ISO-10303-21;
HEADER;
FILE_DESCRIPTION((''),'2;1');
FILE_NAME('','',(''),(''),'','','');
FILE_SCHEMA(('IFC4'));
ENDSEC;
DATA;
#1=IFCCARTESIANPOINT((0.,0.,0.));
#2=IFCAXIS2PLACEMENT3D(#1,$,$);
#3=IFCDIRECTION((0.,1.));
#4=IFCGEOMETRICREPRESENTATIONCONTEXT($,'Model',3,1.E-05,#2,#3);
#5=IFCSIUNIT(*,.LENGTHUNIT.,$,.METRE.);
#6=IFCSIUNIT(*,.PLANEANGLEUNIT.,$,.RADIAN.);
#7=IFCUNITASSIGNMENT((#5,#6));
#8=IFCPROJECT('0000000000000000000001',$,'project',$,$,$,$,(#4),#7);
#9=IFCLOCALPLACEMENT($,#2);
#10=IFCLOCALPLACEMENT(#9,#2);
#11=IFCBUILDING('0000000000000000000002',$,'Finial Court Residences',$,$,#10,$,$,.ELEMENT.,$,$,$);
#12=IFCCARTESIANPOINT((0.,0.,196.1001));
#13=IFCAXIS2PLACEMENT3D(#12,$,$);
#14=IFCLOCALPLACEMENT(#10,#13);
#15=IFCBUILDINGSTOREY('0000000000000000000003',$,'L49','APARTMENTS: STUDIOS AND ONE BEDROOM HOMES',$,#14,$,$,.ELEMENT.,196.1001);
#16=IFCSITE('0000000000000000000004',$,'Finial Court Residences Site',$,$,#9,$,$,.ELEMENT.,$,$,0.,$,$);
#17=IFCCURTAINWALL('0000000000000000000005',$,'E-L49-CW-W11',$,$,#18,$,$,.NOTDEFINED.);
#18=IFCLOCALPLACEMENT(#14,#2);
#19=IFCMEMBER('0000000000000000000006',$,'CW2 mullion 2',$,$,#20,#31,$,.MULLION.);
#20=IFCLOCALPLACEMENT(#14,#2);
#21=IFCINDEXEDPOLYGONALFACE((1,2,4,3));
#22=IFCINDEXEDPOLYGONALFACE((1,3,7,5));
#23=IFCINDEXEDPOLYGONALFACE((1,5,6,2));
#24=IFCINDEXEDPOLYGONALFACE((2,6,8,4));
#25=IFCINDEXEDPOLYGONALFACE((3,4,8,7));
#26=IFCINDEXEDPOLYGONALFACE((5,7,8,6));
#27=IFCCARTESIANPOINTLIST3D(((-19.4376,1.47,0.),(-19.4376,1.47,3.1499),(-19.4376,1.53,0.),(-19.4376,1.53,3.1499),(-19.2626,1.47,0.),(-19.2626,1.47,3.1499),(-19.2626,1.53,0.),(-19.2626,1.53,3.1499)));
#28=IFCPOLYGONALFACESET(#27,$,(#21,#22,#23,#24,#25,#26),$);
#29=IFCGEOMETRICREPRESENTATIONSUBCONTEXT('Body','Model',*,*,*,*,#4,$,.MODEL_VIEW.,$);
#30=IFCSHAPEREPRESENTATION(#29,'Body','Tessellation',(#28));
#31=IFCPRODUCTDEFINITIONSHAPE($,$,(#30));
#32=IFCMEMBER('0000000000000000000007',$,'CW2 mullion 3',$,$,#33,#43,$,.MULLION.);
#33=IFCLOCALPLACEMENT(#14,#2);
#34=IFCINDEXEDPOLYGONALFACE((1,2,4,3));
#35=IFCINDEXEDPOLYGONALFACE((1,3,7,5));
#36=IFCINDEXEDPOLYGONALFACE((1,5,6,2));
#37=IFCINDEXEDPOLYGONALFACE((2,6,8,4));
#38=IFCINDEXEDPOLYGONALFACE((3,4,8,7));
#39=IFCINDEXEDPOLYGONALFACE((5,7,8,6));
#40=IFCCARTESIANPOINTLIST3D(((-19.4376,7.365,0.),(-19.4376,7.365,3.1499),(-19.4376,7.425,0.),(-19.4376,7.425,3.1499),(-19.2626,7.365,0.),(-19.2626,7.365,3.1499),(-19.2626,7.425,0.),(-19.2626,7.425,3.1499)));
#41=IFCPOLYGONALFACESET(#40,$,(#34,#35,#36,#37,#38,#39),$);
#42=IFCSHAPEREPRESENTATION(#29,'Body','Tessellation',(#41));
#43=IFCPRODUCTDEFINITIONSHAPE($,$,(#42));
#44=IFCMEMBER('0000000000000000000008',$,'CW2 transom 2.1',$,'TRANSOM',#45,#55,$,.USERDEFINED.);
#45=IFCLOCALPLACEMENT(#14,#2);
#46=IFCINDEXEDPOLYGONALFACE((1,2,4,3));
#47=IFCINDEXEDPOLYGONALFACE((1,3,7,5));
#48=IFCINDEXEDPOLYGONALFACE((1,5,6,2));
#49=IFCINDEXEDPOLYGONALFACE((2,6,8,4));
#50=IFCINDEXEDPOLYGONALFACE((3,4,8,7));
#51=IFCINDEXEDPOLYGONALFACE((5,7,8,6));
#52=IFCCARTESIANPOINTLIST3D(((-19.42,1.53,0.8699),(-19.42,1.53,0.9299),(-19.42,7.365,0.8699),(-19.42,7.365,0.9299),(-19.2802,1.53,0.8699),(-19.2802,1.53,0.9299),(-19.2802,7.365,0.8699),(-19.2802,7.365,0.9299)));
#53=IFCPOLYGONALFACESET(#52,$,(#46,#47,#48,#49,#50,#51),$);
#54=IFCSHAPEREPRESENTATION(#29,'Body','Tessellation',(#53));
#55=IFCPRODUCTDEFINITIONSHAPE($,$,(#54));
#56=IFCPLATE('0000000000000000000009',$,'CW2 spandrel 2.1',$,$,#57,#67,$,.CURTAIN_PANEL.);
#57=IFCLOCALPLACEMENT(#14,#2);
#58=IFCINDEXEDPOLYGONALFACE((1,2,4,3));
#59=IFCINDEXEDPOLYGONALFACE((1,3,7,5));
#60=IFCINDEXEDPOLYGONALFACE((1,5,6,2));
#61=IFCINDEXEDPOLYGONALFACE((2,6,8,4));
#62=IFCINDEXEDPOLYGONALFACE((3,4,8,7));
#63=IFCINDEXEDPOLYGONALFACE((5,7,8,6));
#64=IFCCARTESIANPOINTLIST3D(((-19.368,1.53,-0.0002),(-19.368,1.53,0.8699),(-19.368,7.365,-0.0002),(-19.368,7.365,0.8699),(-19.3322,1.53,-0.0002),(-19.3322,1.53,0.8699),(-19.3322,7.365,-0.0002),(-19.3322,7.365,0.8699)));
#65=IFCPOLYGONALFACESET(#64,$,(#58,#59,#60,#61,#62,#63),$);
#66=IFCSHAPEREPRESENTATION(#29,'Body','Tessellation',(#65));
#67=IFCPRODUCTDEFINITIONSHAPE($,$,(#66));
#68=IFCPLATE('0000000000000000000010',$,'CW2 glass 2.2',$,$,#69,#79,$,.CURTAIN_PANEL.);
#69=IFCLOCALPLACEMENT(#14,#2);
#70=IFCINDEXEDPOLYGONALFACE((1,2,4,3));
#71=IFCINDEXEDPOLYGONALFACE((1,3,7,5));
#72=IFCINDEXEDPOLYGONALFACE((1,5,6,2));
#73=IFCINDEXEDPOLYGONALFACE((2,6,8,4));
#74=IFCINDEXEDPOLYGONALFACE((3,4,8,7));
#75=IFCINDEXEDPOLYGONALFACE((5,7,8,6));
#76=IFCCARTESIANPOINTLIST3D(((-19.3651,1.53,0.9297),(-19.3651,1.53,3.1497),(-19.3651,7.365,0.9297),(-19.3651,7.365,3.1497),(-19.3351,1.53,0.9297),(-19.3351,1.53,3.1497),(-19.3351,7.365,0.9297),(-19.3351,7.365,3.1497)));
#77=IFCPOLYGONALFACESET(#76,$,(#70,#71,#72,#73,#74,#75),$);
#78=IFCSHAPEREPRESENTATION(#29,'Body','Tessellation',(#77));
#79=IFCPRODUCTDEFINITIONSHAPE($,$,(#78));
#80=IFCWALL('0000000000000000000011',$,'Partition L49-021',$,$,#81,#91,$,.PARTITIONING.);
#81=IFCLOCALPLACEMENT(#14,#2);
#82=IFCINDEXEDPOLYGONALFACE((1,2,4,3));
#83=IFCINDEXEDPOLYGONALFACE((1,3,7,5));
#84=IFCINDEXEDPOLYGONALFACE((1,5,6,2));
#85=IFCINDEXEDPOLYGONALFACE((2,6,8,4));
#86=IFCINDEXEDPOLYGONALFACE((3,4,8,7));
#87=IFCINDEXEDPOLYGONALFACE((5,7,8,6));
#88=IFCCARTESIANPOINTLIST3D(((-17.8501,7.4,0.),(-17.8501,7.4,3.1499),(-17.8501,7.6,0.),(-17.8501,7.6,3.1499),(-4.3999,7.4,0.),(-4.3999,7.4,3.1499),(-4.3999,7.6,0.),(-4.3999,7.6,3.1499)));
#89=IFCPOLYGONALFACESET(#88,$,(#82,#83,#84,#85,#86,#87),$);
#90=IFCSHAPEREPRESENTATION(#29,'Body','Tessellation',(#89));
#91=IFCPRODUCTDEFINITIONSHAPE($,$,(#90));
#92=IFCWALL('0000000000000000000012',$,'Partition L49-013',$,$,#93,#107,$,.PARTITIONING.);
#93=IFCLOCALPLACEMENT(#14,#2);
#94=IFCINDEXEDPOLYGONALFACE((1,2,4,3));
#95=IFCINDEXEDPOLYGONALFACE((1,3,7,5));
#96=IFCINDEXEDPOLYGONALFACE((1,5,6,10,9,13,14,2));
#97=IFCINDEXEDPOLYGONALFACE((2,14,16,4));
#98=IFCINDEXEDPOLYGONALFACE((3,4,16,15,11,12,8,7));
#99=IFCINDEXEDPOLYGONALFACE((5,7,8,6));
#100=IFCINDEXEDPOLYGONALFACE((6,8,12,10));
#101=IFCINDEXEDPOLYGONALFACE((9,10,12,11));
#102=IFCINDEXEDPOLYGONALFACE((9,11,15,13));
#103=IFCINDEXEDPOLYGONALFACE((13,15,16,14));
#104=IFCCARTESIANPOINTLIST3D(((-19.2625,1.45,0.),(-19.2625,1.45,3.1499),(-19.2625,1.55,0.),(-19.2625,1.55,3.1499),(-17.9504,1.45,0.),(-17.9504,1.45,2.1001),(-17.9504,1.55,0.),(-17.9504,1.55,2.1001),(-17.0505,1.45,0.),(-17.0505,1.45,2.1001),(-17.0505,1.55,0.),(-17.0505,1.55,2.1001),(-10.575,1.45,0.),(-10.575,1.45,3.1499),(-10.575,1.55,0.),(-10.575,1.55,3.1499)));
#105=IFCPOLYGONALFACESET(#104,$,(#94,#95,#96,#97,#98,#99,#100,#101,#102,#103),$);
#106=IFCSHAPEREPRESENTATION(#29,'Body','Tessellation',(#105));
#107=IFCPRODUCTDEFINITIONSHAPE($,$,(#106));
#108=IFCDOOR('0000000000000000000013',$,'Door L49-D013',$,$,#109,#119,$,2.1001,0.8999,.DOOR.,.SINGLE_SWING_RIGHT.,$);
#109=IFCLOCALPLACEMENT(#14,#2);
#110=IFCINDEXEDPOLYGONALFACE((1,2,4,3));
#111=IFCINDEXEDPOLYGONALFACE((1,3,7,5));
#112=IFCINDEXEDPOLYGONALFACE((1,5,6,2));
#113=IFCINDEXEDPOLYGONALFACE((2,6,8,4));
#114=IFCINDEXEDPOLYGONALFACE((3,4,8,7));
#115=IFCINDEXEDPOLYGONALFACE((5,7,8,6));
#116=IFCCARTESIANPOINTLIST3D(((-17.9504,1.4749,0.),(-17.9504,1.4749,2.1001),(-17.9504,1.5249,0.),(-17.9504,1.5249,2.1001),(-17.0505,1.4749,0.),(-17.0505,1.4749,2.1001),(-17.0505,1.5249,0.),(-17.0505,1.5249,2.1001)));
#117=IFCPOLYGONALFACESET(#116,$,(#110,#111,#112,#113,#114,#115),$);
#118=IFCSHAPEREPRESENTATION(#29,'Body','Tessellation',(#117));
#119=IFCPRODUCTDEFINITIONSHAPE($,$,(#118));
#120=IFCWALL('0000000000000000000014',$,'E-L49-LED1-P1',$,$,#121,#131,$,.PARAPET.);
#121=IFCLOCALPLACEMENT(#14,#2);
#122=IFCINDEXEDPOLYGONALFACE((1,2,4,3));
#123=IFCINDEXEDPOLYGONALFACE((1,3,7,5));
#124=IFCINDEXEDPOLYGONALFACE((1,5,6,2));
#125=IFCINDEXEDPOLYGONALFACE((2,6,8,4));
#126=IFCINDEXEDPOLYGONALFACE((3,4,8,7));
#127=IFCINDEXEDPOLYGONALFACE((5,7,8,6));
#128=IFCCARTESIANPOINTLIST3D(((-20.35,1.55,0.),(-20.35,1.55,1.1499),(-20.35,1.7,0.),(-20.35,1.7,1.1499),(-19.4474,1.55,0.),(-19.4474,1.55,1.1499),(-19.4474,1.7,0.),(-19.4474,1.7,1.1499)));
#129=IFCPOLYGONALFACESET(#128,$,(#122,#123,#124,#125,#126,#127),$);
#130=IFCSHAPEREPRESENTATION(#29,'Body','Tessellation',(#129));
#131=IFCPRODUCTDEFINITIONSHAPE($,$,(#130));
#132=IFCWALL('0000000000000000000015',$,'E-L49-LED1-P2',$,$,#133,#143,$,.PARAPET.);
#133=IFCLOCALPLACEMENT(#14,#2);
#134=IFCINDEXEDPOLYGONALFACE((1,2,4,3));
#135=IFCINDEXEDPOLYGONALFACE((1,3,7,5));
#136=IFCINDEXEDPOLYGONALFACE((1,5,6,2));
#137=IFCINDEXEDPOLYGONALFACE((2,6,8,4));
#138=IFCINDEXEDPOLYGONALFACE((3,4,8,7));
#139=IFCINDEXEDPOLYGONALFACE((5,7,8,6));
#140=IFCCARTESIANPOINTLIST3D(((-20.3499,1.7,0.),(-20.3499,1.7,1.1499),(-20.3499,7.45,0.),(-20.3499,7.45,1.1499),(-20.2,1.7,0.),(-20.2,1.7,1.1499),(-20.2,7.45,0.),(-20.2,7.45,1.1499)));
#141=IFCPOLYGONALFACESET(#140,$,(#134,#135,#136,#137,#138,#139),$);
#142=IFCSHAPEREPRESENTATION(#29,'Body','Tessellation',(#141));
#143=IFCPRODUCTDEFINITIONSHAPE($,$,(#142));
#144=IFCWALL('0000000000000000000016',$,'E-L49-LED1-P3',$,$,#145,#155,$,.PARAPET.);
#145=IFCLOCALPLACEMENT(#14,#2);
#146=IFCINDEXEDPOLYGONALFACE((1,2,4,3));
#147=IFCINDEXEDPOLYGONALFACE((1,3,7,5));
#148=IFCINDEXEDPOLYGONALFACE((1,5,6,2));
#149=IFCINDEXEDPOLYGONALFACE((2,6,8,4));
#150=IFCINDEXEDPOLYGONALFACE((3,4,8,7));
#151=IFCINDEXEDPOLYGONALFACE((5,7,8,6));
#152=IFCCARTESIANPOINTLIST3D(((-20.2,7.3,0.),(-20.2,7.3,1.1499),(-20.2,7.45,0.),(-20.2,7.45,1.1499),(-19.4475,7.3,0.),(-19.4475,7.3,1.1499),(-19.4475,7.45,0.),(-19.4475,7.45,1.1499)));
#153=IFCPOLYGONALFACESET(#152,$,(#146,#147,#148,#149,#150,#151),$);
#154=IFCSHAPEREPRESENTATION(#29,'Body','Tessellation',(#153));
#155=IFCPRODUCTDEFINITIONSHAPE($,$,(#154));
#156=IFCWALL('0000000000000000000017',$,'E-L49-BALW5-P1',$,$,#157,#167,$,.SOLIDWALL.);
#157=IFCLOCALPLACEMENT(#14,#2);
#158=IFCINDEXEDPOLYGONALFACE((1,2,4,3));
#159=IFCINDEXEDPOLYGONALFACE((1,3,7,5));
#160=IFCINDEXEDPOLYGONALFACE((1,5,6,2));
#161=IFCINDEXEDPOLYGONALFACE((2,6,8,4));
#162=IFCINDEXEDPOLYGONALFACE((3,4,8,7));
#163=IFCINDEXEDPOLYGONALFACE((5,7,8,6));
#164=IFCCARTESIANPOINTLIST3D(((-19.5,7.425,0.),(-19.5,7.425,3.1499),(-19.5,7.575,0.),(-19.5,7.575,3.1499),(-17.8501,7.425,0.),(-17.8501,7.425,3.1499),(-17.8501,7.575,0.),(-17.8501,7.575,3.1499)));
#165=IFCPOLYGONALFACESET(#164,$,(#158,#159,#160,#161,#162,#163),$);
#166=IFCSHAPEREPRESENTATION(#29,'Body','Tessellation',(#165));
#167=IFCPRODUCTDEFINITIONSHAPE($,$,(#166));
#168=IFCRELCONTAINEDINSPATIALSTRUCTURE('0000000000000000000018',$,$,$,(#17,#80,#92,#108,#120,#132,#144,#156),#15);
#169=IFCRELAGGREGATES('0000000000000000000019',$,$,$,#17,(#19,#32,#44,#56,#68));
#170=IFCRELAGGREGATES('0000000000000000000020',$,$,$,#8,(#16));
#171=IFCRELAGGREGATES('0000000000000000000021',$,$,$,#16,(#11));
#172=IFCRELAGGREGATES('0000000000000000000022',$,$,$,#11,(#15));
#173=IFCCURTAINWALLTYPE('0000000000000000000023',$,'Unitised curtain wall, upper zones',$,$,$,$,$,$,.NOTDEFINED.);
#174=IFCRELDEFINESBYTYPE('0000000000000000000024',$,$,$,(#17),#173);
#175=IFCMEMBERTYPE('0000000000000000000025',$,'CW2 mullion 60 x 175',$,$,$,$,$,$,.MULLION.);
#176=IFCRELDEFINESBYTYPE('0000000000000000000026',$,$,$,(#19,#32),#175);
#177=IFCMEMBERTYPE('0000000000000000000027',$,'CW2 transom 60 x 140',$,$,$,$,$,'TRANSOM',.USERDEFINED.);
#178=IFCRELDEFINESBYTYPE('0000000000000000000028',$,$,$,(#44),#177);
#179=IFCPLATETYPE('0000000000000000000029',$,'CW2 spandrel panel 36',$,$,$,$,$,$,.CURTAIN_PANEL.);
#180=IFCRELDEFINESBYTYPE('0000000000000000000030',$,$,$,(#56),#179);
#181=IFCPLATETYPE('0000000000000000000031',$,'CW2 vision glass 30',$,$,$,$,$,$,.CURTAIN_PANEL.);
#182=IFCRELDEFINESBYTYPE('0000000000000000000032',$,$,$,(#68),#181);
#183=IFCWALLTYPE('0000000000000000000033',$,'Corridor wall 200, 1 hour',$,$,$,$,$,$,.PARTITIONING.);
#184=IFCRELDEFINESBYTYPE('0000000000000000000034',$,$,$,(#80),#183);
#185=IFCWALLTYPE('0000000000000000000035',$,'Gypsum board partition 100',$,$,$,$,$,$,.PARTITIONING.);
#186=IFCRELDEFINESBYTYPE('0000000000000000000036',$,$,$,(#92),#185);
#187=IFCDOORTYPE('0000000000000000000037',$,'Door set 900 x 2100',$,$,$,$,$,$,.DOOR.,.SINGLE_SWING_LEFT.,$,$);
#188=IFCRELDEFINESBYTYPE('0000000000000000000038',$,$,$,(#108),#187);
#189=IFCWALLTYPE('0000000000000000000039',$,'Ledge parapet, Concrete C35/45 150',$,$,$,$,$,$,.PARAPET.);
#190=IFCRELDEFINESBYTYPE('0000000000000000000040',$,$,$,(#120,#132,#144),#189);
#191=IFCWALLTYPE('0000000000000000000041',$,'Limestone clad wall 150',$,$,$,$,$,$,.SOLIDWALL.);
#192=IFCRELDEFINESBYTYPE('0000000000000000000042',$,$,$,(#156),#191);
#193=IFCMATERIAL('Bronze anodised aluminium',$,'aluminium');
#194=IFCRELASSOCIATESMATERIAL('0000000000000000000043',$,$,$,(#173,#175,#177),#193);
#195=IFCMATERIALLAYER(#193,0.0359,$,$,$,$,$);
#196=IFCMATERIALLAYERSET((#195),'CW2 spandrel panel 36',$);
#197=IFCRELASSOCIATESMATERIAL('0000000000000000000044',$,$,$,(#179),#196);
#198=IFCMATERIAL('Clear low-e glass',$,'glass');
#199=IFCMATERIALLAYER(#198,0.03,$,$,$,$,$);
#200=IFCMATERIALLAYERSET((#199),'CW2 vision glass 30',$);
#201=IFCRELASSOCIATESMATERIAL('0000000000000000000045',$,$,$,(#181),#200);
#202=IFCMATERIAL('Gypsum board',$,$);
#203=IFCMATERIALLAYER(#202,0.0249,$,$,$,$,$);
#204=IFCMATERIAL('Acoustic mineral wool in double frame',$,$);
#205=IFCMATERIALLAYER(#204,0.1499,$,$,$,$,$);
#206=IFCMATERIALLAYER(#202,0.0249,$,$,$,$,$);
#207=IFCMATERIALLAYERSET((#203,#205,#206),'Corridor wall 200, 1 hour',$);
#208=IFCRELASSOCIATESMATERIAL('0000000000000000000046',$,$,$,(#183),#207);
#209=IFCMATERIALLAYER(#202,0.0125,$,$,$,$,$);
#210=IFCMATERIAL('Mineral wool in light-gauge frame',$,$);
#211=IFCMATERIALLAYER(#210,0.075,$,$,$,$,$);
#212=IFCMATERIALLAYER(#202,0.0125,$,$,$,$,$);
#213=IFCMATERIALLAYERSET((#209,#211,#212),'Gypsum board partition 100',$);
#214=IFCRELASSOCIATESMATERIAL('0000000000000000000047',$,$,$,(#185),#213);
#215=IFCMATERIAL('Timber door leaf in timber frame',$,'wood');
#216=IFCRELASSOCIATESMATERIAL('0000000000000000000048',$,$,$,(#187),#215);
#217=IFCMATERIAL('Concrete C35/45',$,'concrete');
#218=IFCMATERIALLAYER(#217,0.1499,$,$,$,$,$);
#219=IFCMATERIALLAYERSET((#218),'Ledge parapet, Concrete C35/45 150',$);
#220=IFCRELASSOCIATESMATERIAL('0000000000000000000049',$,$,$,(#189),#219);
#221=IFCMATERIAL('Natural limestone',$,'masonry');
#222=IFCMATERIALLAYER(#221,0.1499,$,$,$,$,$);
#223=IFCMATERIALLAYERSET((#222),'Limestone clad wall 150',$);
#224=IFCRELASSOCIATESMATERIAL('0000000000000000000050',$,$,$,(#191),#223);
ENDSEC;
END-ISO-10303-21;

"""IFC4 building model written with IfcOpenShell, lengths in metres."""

from ifc_helpers import new_model, si_unit, direction, frame, frame_2d, origin, origin_2d, place, context, subcontext, project, spatial, rectangle, extrude, material, layer, layer_set, material_profile, profile_set, type_object, element, fill, aggregate, save


model = new_model("IFC4")

# Units and contexts
model_context = context("Model", 3, precision=1e-05, world=origin(), true_north=direction((0.0, 1.0)))
body_context = subcontext(model_context, "Body", "Model", "MODEL_VIEW")
ifc_project = project(units=[si_unit("LENGTHUNIT", "METRE"), si_unit("PLANEANGLEUNIT", "RADIAN")], contexts=[model_context])

# Site, building, storey
site_placement = place(None, origin())
site = spatial("IfcSite", under=ifc_project, at=site_placement, Name="Finial Court Residences Site", CompositionType="ELEMENT", RefElevation=0.0)
building_placement = place(site_placement, origin())
building = spatial("IfcBuilding", under=site, at=building_placement, Name="Finial Court Residences", CompositionType="ELEMENT")
storey_placement = place(building_placement, frame((0.0, 0.0, 196.1001)))
storey = spatial("IfcBuildingStorey", under=building, at=storey_placement, Name="L49", Description="APARTMENTS: STUDIOS AND ONE BEDROOM HOMES", CompositionType="ELEMENT", Elevation=196.1001)

# Curtain wall, members, plates
ifc_material_1 = material(Name="Bronze anodised aluminium", Category="aluminium")
curtain_wall_type = type_object("IfcCurtainWallType", Name="Unitised curtain wall, upper zones", PredefinedType="NOTDEFINED", material=ifc_material_1)
curtain_wall_placement = place(storey_placement, origin())
curtain_wall = element("IfcCurtainWall", 1, at=curtain_wall_placement, inside=storey, type_object=curtain_wall_type, Name="E-L49-CW-W11", PredefinedType="NOTDEFINED")
ifc_material_profile_1 = material_profile(ifc_material_1, rectangle(XDim=0.175, YDim=0.0601, at=origin_2d()), Name="CW2 mullion 60 x 175")
ifc_profile_set_1 = profile_set([ifc_material_profile_1], Name="Bronze anodised aluminium")
member_type_1 = type_object("IfcMemberType", Name="CW2 mullion 60 x 175", PredefinedType="MULLION", material=ifc_profile_set_1)
member_1_placement = place(storey_placement, frame((-19.3501, 1.5, 0.0), z_axis=(0.0, 0.0, 1.0), x_axis=(-1.0, 0.0, 0.0)))
member_1 = element("IfcMember", 2, at=member_1_placement, type_object=member_type_1, Name="CW2 mullion 2", PredefinedType="MULLION", context=body_context, shape_type="SweptSolid", body=[
    extrude(rectangle(XDim=0.175, YDim=0.0601, at=origin_2d()), origin(), (0.0, 0.0, 1.0), 3.1499),
])
member_2_placement = place(storey_placement, frame((-19.3501, 7.395, 0.0), z_axis=(0.0, 0.0, 1.0), x_axis=(-1.0, 0.0, 0.0)))
member_2 = element("IfcMember", 3, at=member_2_placement, type_object=member_type_1, Name="CW2 mullion 3", PredefinedType="MULLION", context=body_context, shape_type="SweptSolid", body=[
    extrude(rectangle(XDim=0.175, YDim=0.0601, at=origin_2d()), origin(), (0.0, 0.0, 1.0), 3.1499),
])
ifc_material_profile_2 = material_profile(ifc_material_1, rectangle(XDim=0.1399, YDim=0.0601, at=origin_2d()), Name="CW2 transom 60 x 140")
ifc_profile_set_2 = profile_set([ifc_material_profile_2], Name="Bronze anodised aluminium")
member_type_2 = type_object("IfcMemberType", Name="CW2 transom 60 x 140", ElementType="TRANSOM", PredefinedType="USERDEFINED", material=ifc_profile_set_2)
member_3_placement = place(storey_placement, frame((-19.3501, 1.53, 0.8999), z_axis=(0.0, 1.0, 0.0), x_axis=(-1.0, 0.0, 0.0)))
member_3 = element("IfcMember", 4, at=member_3_placement, type_object=member_type_2, Name="CW2 transom 2.1", ObjectType="TRANSOM", PredefinedType="USERDEFINED", context=body_context, shape_type="SweptSolid", body=[
    extrude(rectangle(XDim=0.1399, YDim=0.0601, at=origin_2d()), origin(), (0.0, 0.0, 1.0), 5.835),
])
ifc_layer_1 = layer(ifc_material_1, 0.0359)
ifc_layer_set_1 = layer_set([ifc_layer_1], Name="CW2 spandrel panel 36")
plate_type_1 = type_object("IfcPlateType", Name="CW2 spandrel panel 36", PredefinedType="CURTAIN_PANEL", material=ifc_layer_set_1)
plate_1_placement = place(storey_placement, frame((-19.3501, 4.4475, -0.0002), z_axis=(0.0, 0.0, 1.0), x_axis=(0.0, 1.0, 0.0)))
plate_1 = element("IfcPlate", 5, at=plate_1_placement, type_object=plate_type_1, Name="CW2 spandrel 2.1", PredefinedType="CURTAIN_PANEL", context=body_context, shape_type="SweptSolid", body=[
    extrude(rectangle(XDim=5.835, YDim=0.0359, at=origin_2d()), origin(), (0.0, 0.0, 1.0), 0.8701),
])
ifc_material_2 = material(Name="Clear low-e glass", Category="glass")
ifc_layer_2 = layer(ifc_material_2, 0.03)
ifc_layer_set_2 = layer_set([ifc_layer_2], Name="CW2 vision glass 30")
plate_type_2 = type_object("IfcPlateType", Name="CW2 vision glass 30", PredefinedType="CURTAIN_PANEL", material=ifc_layer_set_2)
plate_2_placement = place(storey_placement, frame((-19.3501, 4.4475, 0.9297), z_axis=(0.0, 0.0, 1.0), x_axis=(0.0, 1.0, 0.0)))
plate_2 = element("IfcPlate", 6, at=plate_2_placement, type_object=plate_type_2, Name="CW2 glass 2.2", PredefinedType="CURTAIN_PANEL", context=body_context, shape_type="SweptSolid", body=[
    extrude(rectangle(XDim=5.835, YDim=0.03, at=origin_2d()), origin(), (0.0, 0.0, 1.0), 2.22),
])
aggregate(curtain_wall, [member_1, member_2, member_3, plate_1, plate_2])

# Wall
ifc_material_3 = material(Name="Gypsum board")
ifc_layer_3 = layer(ifc_material_3, 0.0249)
ifc_material_4 = material(Name="Acoustic mineral wool in double frame")
ifc_layer_4 = layer(ifc_material_4, 0.1499)
ifc_layer_5 = layer(ifc_material_3, 0.0249)
ifc_layer_set_3 = layer_set([ifc_layer_3, ifc_layer_4, ifc_layer_5], Name="Corridor wall 200, 1 hour")
wall_type_1 = type_object("IfcWallType", Name="Corridor wall 200, 1 hour", PredefinedType="PARTITIONING", material=ifc_layer_set_3)
wall_1_placement = place(storey_placement, frame((-17.8501, 7.5, 0.0), z_axis=(0.0, 0.0, 1.0), x_axis=(1.0, 0.0, 0.0)))
element("IfcWall", 7, at=wall_1_placement, inside=storey, type_object=wall_type_1, Name="Partition L49-021", PredefinedType="PARTITIONING", context=body_context, shape_type="SweptSolid", body=[
    extrude(rectangle(XDim=13.4502, YDim=0.2, at=frame_2d((6.7251, 0.0))), origin(), (0.0, 0.0, 1.0), 3.1499),
])

# Wall, opening, door
ifc_layer_6 = layer(ifc_material_3, 0.0125)
ifc_material_5 = material(Name="Mineral wool in light-gauge frame")
ifc_layer_7 = layer(ifc_material_5, 0.075)
ifc_layer_8 = layer(ifc_material_3, 0.0125)
ifc_layer_set_4 = layer_set([ifc_layer_6, ifc_layer_7, ifc_layer_8], Name="Gypsum board partition 100")
wall_type_2 = type_object("IfcWallType", Name="Gypsum board partition 100", PredefinedType="PARTITIONING", material=ifc_layer_set_4)
wall_2_placement = place(storey_placement, frame((-19.2625, 1.5, 0.0), z_axis=(0.0, 0.0, 1.0), x_axis=(1.0, 0.0, 0.0)))
wall_2 = element("IfcWall", 8, at=wall_2_placement, inside=storey, type_object=wall_type_2, Name="Partition L49-013", PredefinedType="PARTITIONING", context=body_context, shape_type="SweptSolid", body=[
    extrude(rectangle(XDim=8.6875, YDim=0.1001, at=frame_2d((4.3438, 0.0))), origin(), (0.0, 0.0, 1.0), 3.1499),
])
opening_1_placement = place(wall_2_placement, frame((1.312, 0.0, 0.0)))
opening_1 = element("IfcOpeningElement", 9, at=opening_1_placement, cuts=wall_2, PredefinedType="OPENING", context=body_context, shape_type="SweptSolid", body=[
    extrude(rectangle(XDim=0.8999, YDim=2.1001, at=frame_2d((0.45, 1.05))), frame((0.0, 0.0601, 0.0), z_axis=(0.0, -1.0, 0.0), x_axis=(1.0, 0.0, 0.0)), (0.0, 0.0, 1.0), 0.1201),
])
ifc_material_6 = material(Name="Timber door leaf in timber frame", Category="wood")
door_type_1 = type_object("IfcDoorType", Name="Door set 900 x 2100", OperationType="SINGLE_SWING_LEFT", PredefinedType="DOOR", material=ifc_material_6)
door_1_placement = place(opening_1_placement, origin())
door_1 = element("IfcDoor", 10, at=door_1_placement, inside=storey, type_object=door_type_1, Name="Door L49-D013", OperationType="SINGLE_SWING_RIGHT", OverallHeight=2.1001, OverallWidth=0.8999, PredefinedType="DOOR", context=body_context, shape_type="SweptSolid", body=[
    extrude(rectangle(XDim=0.8999, YDim=2.1001, at=frame_2d((0.45, 1.05))), frame((0.0, 0.0249, 0.0), z_axis=(0.0, -1.0, 0.0), x_axis=(1.0, 0.0, 0.0)), (0.0, 0.0, 1.0), 0.05),
])
fill(opening_1, door_1)

# Walls
ifc_material_7 = material(Name="Concrete C35/45", Category="concrete")
ifc_layer_9 = layer(ifc_material_7, 0.1499)
ifc_layer_set_5 = layer_set([ifc_layer_9], Name="Ledge parapet, Concrete C35/45 150")
wall_type_3 = type_object("IfcWallType", Name="Ledge parapet, Concrete C35/45 150", PredefinedType="PARAPET", material=ifc_layer_set_5)
wall_3_placement = place(storey_placement, frame((-19.4475, 1.625, 0.0), z_axis=(0.0, 0.0, 1.0), x_axis=(-1.0, 0.0, 0.0)))
element("IfcWall", 11, at=wall_3_placement, inside=storey, type_object=wall_type_3, Name="E-L49-LED1-P1", PredefinedType="PARAPET", context=body_context, shape_type="SweptSolid", body=[
    extrude(rectangle(XDim=0.9026, YDim=0.1499, at=frame_2d((0.4512, 0.0))), origin(), (0.0, 0.0, 1.0), 1.1499),
])
wall_4_placement = place(storey_placement, frame((-20.2749, 1.7, 0.0), z_axis=(0.0, 0.0, 1.0), x_axis=(0.0, 1.0, 0.0)))
element("IfcWall", 12, at=wall_4_placement, inside=storey, type_object=wall_type_3, Name="E-L49-LED1-P2", PredefinedType="PARAPET", context=body_context, shape_type="SweptSolid", body=[
    extrude(rectangle(XDim=5.75, YDim=0.1499, at=frame_2d((2.875, 0.0))), origin(), (0.0, 0.0, 1.0), 1.1499),
])
wall_5_placement = place(storey_placement, frame((-20.2, 7.375, 0.0), z_axis=(0.0, 0.0, 1.0), x_axis=(1.0, 0.0, 0.0)))
element("IfcWall", 13, at=wall_5_placement, inside=storey, type_object=wall_type_3, Name="E-L49-LED1-P3", PredefinedType="PARAPET", context=body_context, shape_type="SweptSolid", body=[
    extrude(rectangle(XDim=0.7524, YDim=0.1499, at=frame_2d((0.3762, 0.0))), origin(), (0.0, 0.0, 1.0), 1.1499),
])
ifc_material_8 = material(Name="Natural limestone", Category="masonry")
ifc_layer_10 = layer(ifc_material_8, 0.1499)
ifc_layer_set_6 = layer_set([ifc_layer_10], Name="Limestone clad wall 150")
wall_type_4 = type_object("IfcWallType", Name="Limestone clad wall 150", PredefinedType="SOLIDWALL", material=ifc_layer_set_6)
wall_6_placement = place(storey_placement, frame((-17.8501, 7.5, 0.0), z_axis=(0.0, 0.0, 1.0), x_axis=(-1.0, 0.0, 0.0)))
element("IfcWall", 14, at=wall_6_placement, inside=storey, type_object=wall_type_4, Name="E-L49-BALW5-P1", PredefinedType="SOLIDWALL", context=body_context, shape_type="SweptSolid", body=[
    extrude(rectangle(XDim=1.6499, YDim=0.1499, at=frame_2d((0.825, 0.0))), origin(), (0.0, 0.0, 1.0), 3.1499),
])

save(model, "model.ifc")
